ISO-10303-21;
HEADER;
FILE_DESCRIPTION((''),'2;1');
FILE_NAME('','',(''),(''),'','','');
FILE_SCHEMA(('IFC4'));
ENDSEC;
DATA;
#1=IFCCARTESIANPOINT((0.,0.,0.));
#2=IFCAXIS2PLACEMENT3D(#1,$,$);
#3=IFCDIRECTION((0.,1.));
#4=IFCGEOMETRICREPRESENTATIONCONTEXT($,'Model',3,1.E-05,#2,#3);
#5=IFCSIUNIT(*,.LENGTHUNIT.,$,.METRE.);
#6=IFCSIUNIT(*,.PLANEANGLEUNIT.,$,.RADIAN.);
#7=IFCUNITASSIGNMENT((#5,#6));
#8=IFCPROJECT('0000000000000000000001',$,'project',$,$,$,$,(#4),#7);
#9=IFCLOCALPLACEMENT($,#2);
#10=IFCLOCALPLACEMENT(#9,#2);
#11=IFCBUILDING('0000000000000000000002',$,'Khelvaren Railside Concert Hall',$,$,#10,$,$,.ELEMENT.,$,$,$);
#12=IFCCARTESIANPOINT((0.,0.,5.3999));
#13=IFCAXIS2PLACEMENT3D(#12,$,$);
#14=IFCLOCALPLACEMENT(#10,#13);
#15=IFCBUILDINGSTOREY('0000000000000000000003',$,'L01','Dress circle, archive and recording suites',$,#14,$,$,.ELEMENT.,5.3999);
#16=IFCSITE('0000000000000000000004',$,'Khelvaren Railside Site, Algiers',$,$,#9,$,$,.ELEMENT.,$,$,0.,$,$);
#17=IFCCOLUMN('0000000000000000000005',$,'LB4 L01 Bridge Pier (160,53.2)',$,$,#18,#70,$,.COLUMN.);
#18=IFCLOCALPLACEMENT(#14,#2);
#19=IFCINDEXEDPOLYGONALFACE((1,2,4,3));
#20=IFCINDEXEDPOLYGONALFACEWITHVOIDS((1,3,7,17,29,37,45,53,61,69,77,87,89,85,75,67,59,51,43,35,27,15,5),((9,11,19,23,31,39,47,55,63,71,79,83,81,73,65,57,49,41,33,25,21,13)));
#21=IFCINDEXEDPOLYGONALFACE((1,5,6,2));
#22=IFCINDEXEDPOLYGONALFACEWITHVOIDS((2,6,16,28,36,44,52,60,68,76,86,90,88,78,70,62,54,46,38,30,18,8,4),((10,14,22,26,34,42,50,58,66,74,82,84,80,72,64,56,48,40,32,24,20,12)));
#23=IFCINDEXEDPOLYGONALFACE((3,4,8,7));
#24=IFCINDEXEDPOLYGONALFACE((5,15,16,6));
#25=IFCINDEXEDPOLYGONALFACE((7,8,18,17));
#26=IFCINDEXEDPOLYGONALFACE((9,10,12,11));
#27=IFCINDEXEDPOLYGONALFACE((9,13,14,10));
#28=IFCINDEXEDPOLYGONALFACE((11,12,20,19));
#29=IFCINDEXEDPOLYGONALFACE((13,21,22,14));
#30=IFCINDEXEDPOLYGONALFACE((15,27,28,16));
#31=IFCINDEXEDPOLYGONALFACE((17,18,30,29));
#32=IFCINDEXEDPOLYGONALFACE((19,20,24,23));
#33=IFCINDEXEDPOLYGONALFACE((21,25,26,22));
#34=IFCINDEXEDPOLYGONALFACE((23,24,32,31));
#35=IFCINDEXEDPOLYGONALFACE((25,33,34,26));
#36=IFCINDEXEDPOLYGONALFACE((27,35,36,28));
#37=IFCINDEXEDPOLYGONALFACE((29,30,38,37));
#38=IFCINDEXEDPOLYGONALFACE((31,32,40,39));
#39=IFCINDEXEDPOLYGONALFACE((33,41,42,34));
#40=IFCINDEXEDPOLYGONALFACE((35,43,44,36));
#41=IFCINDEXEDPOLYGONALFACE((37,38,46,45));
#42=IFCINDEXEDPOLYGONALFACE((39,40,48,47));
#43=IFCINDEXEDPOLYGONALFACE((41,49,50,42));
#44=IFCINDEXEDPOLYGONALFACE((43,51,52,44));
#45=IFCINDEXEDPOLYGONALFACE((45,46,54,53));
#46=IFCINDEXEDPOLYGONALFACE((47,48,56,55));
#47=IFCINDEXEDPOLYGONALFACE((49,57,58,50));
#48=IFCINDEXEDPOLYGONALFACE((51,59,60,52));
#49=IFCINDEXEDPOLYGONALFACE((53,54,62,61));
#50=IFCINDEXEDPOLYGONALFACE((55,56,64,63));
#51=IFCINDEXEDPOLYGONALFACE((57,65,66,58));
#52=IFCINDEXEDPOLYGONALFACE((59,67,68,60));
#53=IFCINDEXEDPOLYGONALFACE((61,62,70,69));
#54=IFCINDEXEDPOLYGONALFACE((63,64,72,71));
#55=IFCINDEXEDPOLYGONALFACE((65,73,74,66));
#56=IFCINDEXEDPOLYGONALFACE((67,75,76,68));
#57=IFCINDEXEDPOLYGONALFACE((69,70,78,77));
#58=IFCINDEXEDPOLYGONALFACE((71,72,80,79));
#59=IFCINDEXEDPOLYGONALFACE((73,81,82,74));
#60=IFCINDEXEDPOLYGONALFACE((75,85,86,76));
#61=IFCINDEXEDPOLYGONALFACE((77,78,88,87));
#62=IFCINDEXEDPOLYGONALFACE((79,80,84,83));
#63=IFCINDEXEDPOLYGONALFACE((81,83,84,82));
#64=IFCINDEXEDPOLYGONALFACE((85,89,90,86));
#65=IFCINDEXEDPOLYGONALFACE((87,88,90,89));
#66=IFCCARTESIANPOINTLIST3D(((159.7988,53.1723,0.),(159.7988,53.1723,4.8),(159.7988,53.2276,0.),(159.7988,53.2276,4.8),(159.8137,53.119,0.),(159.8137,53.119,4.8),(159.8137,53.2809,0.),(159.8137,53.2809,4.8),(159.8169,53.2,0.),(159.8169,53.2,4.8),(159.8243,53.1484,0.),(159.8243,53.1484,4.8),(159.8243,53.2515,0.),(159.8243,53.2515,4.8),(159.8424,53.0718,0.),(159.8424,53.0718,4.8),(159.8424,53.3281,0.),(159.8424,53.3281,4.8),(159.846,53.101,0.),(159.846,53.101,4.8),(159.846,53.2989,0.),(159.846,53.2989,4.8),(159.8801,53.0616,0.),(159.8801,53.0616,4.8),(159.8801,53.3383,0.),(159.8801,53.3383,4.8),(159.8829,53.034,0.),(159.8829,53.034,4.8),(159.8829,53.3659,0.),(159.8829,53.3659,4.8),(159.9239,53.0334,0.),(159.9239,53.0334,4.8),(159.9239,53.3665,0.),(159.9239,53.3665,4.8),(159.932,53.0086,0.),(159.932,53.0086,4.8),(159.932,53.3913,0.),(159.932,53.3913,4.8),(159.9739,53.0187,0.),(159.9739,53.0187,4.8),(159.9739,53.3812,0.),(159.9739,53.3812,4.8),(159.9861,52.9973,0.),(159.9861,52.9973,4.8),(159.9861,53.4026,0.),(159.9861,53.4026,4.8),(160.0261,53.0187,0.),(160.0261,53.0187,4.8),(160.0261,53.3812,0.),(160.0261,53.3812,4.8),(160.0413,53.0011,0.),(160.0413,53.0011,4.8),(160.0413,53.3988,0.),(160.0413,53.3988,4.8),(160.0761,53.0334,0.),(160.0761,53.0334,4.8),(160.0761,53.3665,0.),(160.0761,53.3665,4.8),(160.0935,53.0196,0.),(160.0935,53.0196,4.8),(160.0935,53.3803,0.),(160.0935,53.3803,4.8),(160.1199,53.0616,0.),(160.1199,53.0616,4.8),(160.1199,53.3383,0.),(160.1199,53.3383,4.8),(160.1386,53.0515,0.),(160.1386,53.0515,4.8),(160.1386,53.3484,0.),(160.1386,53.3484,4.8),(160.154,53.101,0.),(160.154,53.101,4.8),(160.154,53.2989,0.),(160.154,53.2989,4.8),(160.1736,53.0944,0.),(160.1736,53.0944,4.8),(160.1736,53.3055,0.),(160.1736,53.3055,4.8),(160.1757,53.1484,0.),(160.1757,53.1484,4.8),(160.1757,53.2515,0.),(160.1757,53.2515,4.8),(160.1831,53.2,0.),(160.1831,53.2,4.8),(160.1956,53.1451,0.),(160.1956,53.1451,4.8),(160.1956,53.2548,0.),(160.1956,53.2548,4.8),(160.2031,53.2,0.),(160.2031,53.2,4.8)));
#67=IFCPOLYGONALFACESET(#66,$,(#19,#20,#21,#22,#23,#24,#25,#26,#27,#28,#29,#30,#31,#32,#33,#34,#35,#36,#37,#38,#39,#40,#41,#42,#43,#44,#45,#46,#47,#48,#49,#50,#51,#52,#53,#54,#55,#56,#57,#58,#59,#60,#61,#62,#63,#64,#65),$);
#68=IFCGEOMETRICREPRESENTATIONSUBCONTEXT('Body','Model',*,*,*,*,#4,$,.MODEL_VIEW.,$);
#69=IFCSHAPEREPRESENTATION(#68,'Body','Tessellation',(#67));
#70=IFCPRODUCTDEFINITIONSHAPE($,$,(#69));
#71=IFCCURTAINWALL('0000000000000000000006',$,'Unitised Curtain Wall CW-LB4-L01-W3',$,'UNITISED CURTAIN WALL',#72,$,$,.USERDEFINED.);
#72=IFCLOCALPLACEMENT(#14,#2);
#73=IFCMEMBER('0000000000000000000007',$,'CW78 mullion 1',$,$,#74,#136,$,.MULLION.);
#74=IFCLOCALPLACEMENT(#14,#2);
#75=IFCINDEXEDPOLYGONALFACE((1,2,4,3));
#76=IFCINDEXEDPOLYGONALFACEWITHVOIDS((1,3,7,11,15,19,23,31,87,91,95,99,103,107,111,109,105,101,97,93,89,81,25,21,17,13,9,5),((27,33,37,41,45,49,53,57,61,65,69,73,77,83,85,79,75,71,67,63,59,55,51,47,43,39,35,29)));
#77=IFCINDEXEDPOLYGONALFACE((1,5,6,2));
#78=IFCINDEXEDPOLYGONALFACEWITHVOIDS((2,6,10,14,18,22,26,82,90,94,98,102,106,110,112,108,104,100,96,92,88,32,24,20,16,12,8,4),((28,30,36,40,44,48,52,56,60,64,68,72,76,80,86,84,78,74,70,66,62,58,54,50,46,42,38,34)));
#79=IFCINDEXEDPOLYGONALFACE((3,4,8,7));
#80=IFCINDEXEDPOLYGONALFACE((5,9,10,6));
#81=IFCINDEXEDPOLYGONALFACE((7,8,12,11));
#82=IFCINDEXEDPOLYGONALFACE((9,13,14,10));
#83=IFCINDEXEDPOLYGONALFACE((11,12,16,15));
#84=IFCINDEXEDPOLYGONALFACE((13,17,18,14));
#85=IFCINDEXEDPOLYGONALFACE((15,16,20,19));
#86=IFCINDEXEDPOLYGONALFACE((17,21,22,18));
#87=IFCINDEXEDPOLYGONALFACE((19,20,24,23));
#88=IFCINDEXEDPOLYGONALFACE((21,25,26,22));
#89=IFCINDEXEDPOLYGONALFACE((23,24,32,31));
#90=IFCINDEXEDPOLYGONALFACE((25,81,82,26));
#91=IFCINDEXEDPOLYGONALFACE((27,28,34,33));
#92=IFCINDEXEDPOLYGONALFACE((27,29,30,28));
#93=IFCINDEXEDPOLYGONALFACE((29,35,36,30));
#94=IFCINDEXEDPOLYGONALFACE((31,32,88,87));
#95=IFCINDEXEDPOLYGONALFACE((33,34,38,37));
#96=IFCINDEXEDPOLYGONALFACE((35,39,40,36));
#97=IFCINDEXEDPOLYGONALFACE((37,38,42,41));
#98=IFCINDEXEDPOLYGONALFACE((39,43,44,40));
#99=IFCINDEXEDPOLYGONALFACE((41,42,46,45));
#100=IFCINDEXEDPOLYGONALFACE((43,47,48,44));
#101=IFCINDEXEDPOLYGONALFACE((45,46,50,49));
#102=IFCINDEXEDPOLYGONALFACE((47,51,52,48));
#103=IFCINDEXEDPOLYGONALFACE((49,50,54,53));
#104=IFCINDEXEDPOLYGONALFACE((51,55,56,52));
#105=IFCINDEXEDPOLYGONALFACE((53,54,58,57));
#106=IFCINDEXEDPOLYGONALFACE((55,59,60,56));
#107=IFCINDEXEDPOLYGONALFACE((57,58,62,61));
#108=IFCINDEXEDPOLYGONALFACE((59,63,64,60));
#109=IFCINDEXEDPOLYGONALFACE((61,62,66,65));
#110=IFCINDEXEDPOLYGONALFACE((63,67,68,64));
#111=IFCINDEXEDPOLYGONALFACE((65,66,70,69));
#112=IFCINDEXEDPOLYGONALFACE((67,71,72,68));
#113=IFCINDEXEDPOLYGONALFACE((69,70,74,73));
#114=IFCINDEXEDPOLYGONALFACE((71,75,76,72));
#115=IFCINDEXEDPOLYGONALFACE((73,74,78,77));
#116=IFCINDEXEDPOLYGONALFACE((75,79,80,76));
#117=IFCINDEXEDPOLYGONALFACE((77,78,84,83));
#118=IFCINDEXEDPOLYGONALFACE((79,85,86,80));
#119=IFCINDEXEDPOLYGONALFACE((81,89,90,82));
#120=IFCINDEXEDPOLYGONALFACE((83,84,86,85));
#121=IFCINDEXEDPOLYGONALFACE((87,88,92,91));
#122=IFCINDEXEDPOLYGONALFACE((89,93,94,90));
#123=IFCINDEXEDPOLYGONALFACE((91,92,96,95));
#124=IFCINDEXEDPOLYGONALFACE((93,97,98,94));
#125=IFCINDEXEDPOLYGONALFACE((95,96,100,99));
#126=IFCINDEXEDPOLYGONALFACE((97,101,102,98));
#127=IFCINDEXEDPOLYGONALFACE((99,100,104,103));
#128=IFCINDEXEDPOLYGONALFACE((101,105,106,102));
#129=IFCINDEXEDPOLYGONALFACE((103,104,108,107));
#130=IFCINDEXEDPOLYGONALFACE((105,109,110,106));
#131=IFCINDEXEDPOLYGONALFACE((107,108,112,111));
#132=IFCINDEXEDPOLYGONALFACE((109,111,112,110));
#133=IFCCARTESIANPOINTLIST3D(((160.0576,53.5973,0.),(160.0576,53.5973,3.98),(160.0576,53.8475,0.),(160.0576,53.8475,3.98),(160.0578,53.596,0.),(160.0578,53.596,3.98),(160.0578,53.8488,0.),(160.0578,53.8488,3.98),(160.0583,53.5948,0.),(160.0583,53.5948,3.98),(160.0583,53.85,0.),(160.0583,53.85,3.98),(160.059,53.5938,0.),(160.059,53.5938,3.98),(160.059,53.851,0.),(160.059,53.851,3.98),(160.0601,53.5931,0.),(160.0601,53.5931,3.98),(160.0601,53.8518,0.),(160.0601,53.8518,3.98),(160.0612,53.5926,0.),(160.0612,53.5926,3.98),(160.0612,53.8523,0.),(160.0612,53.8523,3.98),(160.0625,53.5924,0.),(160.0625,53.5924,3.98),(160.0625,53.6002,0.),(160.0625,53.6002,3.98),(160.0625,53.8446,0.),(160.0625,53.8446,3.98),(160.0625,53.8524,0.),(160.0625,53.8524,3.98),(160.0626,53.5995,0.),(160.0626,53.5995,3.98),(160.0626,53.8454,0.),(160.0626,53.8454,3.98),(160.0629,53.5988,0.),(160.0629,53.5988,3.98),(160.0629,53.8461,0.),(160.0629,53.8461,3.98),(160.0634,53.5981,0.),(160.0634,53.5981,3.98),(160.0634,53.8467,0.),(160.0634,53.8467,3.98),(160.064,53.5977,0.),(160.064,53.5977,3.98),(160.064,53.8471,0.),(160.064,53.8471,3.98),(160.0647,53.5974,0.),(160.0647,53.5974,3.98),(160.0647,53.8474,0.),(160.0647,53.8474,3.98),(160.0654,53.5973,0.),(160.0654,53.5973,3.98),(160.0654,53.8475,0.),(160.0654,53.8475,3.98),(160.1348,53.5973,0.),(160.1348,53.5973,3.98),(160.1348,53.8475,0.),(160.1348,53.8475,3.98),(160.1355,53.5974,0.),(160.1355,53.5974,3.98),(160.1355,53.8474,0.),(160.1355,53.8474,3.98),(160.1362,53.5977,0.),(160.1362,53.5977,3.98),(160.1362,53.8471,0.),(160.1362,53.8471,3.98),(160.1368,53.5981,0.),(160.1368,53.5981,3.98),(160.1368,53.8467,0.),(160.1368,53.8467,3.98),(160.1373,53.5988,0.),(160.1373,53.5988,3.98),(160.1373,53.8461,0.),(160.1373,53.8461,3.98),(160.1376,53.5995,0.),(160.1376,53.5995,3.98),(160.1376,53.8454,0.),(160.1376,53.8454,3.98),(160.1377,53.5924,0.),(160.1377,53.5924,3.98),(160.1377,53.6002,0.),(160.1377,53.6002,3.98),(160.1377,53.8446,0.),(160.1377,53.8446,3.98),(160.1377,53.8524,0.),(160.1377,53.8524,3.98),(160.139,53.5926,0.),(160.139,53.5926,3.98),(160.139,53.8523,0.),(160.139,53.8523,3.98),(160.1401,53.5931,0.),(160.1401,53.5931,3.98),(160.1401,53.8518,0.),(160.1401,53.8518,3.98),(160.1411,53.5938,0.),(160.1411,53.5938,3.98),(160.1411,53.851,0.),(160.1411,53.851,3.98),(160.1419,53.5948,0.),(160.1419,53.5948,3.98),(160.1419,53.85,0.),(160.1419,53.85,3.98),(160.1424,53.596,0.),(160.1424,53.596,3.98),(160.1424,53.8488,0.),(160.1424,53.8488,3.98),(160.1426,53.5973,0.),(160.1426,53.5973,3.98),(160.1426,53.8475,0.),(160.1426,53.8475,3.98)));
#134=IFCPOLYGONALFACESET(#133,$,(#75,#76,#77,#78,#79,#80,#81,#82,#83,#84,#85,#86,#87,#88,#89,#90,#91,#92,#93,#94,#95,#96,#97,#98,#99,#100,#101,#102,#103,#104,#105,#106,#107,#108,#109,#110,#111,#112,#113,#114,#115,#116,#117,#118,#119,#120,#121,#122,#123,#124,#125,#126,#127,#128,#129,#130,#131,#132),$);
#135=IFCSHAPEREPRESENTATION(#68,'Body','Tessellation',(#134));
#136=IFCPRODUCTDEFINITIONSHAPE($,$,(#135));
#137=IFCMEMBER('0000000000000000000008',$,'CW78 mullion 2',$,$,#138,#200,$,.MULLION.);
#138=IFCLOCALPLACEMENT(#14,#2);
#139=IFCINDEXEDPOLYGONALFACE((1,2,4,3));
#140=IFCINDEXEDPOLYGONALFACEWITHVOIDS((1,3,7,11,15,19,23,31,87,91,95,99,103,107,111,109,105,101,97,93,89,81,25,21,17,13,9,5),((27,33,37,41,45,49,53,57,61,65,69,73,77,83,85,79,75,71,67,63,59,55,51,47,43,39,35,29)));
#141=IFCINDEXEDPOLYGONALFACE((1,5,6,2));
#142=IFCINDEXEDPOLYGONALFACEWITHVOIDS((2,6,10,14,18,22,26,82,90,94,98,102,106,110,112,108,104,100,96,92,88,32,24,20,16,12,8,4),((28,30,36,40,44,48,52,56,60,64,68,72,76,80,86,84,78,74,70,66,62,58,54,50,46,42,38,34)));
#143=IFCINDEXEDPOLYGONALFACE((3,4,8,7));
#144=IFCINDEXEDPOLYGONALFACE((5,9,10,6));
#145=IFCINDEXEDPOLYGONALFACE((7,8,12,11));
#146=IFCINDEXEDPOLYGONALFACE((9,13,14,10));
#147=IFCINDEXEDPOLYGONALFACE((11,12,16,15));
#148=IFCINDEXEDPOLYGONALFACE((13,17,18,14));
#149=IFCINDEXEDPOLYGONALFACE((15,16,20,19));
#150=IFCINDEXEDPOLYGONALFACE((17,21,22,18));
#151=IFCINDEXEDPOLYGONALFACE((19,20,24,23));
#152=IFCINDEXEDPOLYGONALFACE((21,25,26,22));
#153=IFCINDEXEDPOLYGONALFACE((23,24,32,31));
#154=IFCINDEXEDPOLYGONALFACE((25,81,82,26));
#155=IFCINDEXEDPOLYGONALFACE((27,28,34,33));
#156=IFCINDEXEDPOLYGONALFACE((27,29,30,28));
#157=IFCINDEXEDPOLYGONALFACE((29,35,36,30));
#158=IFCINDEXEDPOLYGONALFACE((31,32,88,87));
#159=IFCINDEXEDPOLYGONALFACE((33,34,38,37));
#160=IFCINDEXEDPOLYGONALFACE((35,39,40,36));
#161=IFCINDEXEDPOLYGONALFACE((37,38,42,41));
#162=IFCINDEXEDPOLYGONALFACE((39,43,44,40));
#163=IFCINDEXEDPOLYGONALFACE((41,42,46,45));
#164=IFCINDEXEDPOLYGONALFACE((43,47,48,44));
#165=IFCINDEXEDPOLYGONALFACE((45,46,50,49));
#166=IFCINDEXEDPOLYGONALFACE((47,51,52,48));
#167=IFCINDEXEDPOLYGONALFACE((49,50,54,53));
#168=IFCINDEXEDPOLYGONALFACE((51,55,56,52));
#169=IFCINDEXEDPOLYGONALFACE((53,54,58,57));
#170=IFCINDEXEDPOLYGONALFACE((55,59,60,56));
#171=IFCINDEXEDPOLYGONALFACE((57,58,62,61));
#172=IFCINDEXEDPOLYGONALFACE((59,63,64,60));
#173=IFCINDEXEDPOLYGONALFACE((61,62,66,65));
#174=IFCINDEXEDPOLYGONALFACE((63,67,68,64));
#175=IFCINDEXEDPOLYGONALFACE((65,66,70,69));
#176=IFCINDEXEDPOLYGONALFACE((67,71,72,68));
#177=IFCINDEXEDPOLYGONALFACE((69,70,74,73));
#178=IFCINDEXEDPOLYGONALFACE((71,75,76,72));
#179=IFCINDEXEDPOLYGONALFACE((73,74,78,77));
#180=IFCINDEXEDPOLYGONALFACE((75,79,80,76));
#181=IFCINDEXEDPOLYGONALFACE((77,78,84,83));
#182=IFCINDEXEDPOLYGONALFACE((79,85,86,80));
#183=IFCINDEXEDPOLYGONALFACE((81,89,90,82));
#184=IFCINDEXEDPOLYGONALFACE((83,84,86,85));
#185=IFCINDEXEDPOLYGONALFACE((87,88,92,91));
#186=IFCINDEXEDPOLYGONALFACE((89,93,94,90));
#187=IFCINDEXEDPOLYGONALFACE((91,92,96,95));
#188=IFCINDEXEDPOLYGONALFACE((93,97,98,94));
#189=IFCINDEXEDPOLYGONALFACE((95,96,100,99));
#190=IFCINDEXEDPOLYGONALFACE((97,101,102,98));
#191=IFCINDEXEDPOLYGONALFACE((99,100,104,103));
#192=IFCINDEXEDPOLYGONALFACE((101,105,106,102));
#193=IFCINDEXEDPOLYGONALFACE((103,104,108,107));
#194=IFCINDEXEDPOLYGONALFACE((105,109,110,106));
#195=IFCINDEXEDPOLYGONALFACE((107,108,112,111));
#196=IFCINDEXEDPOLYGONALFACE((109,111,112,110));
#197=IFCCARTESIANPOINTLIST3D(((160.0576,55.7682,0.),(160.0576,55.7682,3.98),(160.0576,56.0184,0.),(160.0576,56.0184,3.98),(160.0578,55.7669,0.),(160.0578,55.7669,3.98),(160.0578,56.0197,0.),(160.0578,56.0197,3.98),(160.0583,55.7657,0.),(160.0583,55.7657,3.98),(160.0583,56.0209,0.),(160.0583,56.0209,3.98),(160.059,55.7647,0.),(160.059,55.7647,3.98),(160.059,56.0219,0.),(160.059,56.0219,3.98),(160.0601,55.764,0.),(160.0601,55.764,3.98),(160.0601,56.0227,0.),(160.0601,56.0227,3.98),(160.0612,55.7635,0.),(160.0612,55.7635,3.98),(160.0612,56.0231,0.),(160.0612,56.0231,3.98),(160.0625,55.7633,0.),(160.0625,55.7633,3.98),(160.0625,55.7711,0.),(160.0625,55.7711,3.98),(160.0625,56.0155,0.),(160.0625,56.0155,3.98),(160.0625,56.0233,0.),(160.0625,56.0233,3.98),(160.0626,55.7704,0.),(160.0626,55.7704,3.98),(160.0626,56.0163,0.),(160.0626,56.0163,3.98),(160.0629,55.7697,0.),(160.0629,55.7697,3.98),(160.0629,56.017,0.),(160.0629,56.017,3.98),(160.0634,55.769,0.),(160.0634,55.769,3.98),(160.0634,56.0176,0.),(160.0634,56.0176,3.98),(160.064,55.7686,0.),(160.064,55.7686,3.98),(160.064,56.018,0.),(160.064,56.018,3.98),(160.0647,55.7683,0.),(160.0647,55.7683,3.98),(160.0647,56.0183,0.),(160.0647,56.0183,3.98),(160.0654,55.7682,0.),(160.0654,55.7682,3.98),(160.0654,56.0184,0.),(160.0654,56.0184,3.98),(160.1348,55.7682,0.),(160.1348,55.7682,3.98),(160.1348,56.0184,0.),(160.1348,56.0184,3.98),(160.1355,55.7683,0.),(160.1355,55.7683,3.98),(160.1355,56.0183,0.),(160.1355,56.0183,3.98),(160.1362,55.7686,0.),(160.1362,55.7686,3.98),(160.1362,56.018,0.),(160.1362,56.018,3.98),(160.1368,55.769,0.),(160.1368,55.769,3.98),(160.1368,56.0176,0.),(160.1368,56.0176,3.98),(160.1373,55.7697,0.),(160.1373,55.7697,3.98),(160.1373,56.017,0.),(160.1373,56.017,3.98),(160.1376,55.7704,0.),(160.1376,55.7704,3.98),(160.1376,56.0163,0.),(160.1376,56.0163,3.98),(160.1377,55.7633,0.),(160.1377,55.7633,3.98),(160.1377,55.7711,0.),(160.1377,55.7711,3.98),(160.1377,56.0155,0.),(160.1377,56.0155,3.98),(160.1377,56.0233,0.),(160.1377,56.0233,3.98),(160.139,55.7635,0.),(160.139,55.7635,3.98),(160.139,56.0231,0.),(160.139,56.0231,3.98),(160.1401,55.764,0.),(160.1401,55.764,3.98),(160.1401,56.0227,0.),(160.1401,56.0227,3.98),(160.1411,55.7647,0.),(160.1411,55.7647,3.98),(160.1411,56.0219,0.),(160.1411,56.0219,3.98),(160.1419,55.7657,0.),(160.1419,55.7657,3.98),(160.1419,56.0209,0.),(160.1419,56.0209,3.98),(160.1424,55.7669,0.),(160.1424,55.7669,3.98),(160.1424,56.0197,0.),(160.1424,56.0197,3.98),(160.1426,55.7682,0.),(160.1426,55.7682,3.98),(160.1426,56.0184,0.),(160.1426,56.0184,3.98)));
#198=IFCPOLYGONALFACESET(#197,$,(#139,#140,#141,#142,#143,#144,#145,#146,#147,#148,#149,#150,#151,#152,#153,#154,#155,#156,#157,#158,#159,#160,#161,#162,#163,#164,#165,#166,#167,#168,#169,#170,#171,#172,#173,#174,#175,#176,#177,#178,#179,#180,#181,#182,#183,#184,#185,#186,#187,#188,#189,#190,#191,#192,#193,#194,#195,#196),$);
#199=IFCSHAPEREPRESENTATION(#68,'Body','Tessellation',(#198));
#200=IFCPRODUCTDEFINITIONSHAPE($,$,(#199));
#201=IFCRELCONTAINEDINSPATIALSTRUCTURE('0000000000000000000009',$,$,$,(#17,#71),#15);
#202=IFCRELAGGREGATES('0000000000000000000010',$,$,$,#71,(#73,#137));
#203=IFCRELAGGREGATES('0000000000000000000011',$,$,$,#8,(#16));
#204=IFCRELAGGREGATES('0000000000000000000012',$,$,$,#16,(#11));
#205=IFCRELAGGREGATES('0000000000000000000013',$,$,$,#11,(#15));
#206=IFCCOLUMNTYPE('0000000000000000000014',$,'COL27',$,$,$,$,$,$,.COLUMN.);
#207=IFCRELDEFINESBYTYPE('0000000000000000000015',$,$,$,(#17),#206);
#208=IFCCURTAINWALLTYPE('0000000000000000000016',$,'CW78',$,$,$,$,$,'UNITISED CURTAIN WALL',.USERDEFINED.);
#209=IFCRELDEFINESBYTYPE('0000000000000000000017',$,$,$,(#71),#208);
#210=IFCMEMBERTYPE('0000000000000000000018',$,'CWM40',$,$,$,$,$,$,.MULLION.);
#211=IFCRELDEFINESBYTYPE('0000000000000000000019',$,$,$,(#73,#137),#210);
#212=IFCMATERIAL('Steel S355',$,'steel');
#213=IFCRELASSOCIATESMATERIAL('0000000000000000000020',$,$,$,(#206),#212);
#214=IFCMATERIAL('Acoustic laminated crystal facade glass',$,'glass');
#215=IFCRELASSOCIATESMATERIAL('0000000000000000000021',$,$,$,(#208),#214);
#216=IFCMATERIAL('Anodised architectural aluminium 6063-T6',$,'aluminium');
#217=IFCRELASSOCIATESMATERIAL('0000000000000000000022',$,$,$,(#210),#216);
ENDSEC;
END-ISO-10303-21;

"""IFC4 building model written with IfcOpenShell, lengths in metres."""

from ifc_helpers import new_model, si_unit, direction, frame, origin, origin_2d, place, context, subcontext, project, spatial, hollow_rectangle, hollow_circle, extrude, material, material_profile, profile_set, type_object, element, aggregate, save


model = new_model("IFC4")

# Units and contexts
model_context = context("Model", 3, precision=1e-05, world=origin(), true_north=direction((0.0, 1.0)))
body_context = subcontext(model_context, "Body", "Model", "MODEL_VIEW")
ifc_project = project(units=[si_unit("LENGTHUNIT", "METRE"), si_unit("PLANEANGLEUNIT", "RADIAN")], contexts=[model_context])

# Site, building, storey
site_placement = place(None, origin())
site = spatial("IfcSite", under=ifc_project, at=site_placement, Name="Khelvaren Railside Site, Algiers", CompositionType="ELEMENT", RefElevation=0.0)
building_placement = place(site_placement, origin())
building = spatial("IfcBuilding", under=site, at=building_placement, Name="Khelvaren Railside Concert Hall", CompositionType="ELEMENT")
storey_placement = place(building_placement, frame((0.0, 0.0, 5.3999)))
storey = spatial("IfcBuildingStorey", under=building, at=storey_placement, Name="L01", Description="Dress circle, archive and recording suites", CompositionType="ELEMENT", Elevation=5.3999)

# Column
ifc_material_1 = material(Name="Steel S355", Category="steel")
ifc_material_profile_1 = material_profile(ifc_material_1, hollow_circle(Radius=0.2031, WallThickness=0.02, at=origin_2d()), Name="CHS 406.4x20")
ifc_profile_set_1 = profile_set([ifc_material_profile_1], Name="Steel S355")
column_type = type_object("IfcColumnType", Name="COL27", PredefinedType="COLUMN", material=ifc_profile_set_1)
column_placement = place(storey_placement, frame((160.0, 53.2, 0.0), z_axis=(0.0, 0.0, 1.0), x_axis=(1.0, 0.0, 0.0)))
element("IfcColumn", 1, at=column_placement, inside=storey, type_object=column_type, Name="LB4 L01 Bridge Pier (160,53.2)", PredefinedType="COLUMN", context=body_context, shape_type="SweptSolid", body=[
    extrude(hollow_circle(Radius=0.2031, WallThickness=0.02, at=origin_2d()), origin(), (0.0, 0.0, 1.0), 4.8),
])

# Curtain wall, members
ifc_material_2 = material(Name="Acoustic laminated crystal facade glass", Category="glass")
curtain_wall_type = type_object("IfcCurtainWallType", Name="CW78", ElementType="UNITISED CURTAIN WALL", PredefinedType="USERDEFINED", material=ifc_material_2)
curtain_wall_placement = place(storey_placement, origin())
curtain_wall = element("IfcCurtainWall", 2, at=curtain_wall_placement, inside=storey, type_object=curtain_wall_type, Name="Unitised Curtain Wall CW-LB4-L01-W3", ObjectType="UNITISED CURTAIN WALL", PredefinedType="USERDEFINED")
ifc_material_3 = material(Name="Anodised architectural aluminium 6063-T6", Category="aluminium")
ifc_material_profile_2 = material_profile(ifc_material_3, hollow_rectangle(XDim=0.085, YDim=0.26, WallThickness=0.0049, InnerFilletRadius=0.0029, OuterFilletRadius=0.0049, at=origin_2d()), Name="CWM 85x260x5")
ifc_profile_set_2 = profile_set([ifc_material_profile_2], Name="Anodised architectural aluminium 6063-T6")
member_type_1 = type_object("IfcMemberType", Name="CWM40", PredefinedType="MULLION", material=ifc_profile_set_2)
member_1_placement = place(storey_placement, frame((160.1001, 53.7224, 0.0), z_axis=(0.0, 0.0, 1.0), x_axis=(-1.0, 0.0, 0.0)))
member_1 = element("IfcMember", 3, at=member_1_placement, type_object=member_type_1, Name="CW78 mullion 1", PredefinedType="MULLION", context=body_context, shape_type="SweptSolid", body=[
    extrude(hollow_rectangle(XDim=0.085, YDim=0.26, WallThickness=0.0049, InnerFilletRadius=0.0029, OuterFilletRadius=0.0049, at=origin_2d()), origin(), (0.0, 0.0, 1.0), 3.98),
])
member_2_placement = place(storey_placement, frame((160.1001, 55.8933, 0.0), z_axis=(0.0, 0.0, 1.0), x_axis=(-1.0, 0.0, 0.0)))
member_2 = element("IfcMember", 4, at=member_2_placement, type_object=member_type_1, Name="CW78 mullion 2", PredefinedType="MULLION", context=body_context, shape_type="SweptSolid", body=[
    extrude(hollow_rectangle(XDim=0.085, YDim=0.26, WallThickness=0.0049, InnerFilletRadius=0.0029, OuterFilletRadius=0.0049, at=origin_2d()), origin(), (0.0, 0.0, 1.0), 3.98),
])

aggregate(curtain_wall, [member_1, member_2])

save(model, "model.ifc")
